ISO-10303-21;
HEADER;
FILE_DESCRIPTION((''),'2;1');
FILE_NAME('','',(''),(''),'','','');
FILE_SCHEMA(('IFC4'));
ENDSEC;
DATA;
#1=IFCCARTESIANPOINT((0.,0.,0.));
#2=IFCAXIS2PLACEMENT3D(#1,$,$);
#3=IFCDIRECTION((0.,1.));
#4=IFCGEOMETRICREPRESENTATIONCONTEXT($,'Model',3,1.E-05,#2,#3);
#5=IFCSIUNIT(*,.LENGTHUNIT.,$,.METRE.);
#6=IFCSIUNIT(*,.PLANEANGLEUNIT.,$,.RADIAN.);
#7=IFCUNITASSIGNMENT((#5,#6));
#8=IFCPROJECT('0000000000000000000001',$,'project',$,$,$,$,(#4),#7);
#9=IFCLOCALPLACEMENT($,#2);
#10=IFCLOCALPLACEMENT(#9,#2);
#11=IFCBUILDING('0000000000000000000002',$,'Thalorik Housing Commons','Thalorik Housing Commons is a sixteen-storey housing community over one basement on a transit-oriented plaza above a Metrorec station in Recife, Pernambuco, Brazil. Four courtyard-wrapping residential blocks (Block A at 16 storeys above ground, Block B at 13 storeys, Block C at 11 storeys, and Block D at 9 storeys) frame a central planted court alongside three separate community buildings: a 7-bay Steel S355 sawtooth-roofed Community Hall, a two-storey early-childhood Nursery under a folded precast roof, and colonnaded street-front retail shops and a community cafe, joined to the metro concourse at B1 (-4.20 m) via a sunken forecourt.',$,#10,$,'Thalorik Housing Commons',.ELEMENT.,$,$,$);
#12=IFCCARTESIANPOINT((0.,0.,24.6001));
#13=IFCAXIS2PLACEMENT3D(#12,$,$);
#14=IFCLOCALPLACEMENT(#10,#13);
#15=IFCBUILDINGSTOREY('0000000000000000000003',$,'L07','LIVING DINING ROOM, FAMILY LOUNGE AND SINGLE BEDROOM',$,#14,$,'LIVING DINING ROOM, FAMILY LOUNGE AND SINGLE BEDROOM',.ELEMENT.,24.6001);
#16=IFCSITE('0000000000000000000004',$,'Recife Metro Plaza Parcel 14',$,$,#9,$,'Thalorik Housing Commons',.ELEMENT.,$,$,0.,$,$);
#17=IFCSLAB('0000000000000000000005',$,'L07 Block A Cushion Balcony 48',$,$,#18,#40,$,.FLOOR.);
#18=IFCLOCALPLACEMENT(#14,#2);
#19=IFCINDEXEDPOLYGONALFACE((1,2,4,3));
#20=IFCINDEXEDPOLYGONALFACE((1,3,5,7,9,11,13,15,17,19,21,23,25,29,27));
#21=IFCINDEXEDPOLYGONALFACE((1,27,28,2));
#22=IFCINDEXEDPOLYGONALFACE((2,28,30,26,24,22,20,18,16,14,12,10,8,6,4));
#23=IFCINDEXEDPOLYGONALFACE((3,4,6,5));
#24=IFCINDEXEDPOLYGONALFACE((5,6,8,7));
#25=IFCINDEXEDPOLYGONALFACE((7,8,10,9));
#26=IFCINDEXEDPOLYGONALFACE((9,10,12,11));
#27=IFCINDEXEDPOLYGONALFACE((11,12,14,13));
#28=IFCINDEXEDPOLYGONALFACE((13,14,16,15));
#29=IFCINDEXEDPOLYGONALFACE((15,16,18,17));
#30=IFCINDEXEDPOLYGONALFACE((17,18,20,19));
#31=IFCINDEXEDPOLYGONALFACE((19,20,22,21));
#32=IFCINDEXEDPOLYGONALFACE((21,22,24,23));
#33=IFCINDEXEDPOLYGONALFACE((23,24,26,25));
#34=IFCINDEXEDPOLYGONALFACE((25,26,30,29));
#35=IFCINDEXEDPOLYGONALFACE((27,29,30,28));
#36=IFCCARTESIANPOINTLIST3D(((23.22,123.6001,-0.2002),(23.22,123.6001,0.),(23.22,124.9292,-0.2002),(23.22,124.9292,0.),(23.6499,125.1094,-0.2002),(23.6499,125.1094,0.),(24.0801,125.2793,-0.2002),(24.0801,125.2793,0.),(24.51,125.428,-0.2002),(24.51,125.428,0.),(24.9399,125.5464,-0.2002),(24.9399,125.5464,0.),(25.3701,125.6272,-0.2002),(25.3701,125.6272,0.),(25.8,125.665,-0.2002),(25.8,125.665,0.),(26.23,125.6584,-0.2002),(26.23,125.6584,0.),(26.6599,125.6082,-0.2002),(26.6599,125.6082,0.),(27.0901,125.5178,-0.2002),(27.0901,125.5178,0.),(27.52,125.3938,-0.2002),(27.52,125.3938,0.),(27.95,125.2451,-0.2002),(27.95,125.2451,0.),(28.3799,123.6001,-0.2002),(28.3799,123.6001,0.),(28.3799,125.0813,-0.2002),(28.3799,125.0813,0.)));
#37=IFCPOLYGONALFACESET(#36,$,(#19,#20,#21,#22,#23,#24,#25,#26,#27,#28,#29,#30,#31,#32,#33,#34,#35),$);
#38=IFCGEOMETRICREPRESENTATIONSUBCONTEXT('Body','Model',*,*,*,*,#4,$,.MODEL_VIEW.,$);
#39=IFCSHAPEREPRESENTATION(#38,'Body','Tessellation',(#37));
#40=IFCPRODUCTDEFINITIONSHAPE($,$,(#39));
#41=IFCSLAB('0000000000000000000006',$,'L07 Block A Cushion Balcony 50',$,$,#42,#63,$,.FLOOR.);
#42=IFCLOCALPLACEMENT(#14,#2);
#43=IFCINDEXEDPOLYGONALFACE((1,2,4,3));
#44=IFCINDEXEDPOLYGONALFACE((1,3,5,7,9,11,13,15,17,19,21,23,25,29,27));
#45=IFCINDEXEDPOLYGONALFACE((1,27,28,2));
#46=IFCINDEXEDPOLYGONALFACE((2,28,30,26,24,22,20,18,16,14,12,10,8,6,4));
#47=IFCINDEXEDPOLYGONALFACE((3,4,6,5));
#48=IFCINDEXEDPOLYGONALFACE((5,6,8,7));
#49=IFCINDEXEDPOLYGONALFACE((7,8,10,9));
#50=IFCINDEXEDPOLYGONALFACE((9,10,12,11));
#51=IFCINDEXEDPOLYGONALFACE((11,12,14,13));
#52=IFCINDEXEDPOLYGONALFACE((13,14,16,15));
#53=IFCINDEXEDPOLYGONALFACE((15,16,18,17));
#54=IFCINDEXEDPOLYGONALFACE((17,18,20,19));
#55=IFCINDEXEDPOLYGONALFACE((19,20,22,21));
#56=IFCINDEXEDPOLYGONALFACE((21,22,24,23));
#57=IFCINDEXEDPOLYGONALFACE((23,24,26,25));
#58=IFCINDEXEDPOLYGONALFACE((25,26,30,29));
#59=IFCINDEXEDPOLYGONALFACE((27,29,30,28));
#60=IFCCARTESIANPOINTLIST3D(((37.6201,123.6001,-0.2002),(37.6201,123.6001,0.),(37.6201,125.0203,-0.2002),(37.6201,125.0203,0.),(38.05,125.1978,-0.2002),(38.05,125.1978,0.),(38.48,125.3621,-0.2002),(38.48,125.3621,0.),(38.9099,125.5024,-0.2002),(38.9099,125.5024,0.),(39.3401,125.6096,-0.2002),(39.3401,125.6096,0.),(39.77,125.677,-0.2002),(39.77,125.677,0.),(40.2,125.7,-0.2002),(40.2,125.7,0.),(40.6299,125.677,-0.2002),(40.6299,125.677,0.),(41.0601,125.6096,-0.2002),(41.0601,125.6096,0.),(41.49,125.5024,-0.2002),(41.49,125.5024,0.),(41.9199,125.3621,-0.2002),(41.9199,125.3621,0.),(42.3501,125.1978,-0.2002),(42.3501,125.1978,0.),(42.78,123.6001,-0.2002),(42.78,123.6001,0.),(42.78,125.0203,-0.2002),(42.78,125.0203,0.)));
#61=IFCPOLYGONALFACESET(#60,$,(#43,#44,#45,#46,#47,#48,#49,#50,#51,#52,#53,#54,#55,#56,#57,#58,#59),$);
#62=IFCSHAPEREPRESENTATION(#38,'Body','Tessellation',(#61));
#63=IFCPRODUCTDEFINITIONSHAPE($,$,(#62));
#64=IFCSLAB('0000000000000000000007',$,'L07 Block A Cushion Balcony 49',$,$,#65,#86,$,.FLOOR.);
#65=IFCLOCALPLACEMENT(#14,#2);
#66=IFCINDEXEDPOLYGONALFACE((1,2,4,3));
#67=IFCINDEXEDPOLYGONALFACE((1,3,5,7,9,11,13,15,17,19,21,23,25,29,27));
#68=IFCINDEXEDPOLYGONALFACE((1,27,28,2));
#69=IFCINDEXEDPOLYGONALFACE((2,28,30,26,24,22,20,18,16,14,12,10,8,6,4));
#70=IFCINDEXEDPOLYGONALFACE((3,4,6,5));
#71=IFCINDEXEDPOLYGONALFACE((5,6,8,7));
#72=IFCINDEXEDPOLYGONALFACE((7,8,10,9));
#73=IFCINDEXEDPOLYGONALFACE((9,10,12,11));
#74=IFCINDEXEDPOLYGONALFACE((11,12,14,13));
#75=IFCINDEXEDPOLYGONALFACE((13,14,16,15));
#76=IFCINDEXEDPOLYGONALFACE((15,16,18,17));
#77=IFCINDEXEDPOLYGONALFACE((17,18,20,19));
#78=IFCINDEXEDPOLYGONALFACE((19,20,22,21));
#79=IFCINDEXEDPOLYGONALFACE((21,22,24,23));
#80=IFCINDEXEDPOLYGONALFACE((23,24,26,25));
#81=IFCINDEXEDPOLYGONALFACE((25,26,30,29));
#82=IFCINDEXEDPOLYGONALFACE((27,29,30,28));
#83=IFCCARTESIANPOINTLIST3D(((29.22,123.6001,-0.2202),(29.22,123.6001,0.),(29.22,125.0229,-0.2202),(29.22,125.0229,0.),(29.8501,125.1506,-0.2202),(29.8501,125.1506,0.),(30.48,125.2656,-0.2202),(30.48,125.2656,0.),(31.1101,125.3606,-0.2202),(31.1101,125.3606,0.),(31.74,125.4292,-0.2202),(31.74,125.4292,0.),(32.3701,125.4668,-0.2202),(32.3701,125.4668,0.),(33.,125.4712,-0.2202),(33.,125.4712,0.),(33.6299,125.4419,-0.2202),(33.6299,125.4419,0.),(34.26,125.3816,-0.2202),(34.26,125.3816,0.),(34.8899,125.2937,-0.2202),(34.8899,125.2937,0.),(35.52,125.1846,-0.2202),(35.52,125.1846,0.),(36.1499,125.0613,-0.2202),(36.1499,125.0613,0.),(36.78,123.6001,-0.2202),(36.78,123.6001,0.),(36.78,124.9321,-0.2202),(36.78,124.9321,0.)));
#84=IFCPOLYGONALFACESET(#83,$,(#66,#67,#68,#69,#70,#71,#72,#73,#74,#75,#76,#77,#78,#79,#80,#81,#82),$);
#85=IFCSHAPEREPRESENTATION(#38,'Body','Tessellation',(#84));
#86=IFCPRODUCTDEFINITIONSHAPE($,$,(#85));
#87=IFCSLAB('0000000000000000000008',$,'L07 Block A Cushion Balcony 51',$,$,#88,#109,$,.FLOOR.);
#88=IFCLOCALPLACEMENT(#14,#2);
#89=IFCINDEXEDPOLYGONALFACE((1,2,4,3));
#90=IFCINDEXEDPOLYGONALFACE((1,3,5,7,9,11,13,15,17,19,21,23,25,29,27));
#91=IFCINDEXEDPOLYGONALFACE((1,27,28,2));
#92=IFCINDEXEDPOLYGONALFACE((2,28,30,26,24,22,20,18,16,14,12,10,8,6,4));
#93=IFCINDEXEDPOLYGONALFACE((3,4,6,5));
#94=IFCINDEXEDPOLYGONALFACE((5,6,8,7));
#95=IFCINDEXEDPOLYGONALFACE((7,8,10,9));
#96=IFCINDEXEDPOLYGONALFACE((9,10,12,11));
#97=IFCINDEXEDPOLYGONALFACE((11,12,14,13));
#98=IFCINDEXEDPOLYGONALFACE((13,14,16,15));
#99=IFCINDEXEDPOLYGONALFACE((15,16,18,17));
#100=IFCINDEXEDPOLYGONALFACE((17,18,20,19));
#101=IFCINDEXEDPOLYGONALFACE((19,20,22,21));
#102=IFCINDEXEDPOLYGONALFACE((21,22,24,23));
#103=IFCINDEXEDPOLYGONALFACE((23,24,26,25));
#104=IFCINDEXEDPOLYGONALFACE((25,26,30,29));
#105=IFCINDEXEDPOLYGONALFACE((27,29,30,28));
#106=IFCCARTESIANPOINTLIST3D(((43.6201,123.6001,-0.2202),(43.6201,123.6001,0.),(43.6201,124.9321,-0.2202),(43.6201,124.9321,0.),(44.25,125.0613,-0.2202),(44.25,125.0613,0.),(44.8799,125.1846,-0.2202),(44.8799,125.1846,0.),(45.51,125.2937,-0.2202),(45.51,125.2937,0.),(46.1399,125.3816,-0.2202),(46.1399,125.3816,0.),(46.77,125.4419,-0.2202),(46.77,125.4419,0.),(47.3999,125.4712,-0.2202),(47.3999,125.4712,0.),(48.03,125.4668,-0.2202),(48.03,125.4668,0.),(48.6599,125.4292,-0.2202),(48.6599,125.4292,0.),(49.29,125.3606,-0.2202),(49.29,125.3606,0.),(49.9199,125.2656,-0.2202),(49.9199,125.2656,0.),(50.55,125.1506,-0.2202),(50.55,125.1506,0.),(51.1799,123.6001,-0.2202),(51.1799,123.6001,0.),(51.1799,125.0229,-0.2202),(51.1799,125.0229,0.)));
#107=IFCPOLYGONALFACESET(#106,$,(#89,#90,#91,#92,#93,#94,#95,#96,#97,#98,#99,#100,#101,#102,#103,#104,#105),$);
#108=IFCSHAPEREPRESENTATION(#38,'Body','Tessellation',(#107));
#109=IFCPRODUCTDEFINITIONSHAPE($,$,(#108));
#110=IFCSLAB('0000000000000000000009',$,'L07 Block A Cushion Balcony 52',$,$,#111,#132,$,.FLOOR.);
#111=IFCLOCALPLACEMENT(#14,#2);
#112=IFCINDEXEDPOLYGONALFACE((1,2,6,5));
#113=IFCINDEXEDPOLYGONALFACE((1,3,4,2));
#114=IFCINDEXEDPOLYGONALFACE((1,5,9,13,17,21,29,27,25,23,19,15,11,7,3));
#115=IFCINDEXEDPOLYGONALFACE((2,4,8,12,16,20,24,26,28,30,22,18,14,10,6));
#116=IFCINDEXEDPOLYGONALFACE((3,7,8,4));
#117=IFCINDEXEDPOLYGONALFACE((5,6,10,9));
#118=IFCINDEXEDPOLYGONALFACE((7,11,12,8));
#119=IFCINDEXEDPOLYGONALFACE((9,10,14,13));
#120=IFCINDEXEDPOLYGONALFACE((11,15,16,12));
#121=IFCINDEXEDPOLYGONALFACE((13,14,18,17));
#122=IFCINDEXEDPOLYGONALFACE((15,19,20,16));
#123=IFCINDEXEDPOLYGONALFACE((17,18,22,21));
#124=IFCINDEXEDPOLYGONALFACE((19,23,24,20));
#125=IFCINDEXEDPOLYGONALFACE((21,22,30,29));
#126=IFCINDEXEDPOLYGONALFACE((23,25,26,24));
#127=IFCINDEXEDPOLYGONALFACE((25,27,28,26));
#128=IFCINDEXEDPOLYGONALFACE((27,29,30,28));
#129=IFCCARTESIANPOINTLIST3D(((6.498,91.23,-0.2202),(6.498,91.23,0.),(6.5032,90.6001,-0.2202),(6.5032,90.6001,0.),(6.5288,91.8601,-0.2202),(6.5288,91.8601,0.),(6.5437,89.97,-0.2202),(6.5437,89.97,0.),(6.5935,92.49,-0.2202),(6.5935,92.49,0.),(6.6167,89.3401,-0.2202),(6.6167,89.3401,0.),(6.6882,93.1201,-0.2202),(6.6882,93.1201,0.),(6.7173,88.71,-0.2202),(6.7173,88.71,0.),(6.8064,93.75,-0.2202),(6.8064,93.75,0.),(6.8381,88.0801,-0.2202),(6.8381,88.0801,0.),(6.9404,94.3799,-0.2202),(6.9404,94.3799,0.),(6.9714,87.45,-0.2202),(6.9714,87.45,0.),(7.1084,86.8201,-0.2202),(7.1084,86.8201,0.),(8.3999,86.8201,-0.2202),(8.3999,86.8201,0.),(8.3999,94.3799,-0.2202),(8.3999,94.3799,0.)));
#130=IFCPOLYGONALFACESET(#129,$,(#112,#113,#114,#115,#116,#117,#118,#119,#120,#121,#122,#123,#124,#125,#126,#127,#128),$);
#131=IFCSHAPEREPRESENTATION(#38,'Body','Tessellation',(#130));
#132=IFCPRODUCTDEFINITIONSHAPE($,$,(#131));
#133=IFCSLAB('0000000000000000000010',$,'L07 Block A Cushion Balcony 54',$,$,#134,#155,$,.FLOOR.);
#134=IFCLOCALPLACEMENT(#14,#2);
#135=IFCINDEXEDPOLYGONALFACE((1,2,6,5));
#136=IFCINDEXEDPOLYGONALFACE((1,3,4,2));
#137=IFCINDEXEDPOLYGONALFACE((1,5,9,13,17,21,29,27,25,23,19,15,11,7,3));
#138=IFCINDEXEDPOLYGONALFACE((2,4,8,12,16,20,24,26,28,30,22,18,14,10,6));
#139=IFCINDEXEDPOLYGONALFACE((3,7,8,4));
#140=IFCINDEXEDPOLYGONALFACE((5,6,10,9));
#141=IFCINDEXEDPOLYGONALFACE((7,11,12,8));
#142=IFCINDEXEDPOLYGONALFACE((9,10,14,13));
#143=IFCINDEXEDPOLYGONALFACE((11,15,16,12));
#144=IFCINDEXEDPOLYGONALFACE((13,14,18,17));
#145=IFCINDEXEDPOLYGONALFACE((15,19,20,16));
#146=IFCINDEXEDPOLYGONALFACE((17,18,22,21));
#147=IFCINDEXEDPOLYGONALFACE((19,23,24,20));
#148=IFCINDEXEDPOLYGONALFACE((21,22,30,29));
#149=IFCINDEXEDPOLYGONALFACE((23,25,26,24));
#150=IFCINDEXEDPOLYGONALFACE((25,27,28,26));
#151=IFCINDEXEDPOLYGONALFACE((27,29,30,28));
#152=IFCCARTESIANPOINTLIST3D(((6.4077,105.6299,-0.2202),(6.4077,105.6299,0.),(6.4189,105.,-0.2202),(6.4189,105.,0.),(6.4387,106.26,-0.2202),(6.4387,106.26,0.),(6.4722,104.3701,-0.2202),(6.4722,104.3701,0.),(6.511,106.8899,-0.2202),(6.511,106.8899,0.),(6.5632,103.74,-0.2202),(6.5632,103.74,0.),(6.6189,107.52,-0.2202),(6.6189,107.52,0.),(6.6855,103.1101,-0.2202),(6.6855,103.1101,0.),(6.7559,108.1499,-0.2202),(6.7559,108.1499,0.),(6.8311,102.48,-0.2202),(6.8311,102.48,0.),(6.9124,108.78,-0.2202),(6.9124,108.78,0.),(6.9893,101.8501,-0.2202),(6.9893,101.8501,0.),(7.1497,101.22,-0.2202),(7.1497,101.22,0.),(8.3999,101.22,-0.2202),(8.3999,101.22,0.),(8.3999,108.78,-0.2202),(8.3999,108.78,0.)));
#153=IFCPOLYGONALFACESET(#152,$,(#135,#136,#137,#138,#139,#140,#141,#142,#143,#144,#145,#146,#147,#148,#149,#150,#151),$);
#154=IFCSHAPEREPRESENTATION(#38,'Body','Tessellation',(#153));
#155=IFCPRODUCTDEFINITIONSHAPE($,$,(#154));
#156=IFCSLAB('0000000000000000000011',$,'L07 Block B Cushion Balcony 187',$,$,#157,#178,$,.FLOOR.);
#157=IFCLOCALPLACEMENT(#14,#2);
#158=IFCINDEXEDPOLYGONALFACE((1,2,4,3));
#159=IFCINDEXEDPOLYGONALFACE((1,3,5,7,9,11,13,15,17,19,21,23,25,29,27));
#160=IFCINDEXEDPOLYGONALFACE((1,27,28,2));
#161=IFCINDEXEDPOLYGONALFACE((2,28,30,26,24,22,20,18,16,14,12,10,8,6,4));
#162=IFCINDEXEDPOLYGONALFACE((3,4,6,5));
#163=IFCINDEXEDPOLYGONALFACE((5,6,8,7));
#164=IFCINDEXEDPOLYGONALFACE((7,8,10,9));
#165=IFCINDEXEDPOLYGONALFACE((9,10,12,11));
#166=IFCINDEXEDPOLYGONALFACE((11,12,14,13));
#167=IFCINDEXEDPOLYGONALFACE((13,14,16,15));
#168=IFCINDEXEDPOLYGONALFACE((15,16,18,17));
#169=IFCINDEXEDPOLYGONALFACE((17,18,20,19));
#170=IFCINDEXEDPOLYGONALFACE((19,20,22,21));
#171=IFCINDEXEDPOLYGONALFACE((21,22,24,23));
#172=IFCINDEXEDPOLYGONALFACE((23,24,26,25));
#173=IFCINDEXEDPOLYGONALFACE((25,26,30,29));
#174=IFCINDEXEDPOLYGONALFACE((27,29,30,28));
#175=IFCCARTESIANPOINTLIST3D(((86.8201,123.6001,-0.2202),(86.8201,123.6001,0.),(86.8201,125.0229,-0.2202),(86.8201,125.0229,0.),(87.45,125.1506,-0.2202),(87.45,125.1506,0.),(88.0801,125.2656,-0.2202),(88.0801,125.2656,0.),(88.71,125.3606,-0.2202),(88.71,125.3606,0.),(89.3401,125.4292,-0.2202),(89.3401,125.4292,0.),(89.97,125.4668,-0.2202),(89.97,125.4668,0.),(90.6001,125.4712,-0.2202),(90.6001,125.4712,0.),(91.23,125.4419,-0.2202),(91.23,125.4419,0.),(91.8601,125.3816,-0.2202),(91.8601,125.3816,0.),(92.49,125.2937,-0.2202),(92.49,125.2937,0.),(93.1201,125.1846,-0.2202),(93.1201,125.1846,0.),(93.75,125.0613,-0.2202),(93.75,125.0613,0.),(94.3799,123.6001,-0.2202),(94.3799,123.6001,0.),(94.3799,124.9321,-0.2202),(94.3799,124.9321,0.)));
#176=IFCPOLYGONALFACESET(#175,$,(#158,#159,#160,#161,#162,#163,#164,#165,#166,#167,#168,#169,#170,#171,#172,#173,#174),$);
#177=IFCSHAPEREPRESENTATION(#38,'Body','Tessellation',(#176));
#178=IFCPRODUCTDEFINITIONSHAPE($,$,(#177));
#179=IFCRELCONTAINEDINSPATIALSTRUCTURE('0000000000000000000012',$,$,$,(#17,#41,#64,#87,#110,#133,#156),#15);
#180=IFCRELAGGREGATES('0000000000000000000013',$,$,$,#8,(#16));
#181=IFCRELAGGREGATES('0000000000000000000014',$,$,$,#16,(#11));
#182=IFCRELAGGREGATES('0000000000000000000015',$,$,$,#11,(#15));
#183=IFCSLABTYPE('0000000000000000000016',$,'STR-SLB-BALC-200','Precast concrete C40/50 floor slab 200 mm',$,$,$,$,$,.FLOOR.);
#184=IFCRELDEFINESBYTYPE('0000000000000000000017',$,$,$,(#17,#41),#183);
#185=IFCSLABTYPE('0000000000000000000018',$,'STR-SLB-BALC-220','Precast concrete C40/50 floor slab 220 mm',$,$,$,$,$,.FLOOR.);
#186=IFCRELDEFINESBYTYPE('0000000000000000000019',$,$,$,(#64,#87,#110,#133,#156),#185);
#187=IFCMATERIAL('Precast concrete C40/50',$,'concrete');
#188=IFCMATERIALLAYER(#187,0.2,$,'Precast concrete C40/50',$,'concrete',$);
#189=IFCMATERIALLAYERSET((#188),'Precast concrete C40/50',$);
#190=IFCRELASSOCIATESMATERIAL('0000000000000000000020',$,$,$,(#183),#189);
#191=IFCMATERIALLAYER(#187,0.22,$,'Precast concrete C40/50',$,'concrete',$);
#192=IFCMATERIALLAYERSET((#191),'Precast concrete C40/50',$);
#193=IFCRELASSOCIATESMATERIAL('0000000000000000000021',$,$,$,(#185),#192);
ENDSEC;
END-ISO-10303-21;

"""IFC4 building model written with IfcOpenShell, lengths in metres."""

from ifc_helpers import new_model, si_unit, direction, frame, origin, place, context, subcontext, project, spatial, polyline, outline, extrude, material, layer, layer_set, type_object, element, save


model = new_model("IFC4")

# Units and contexts
model_context = context("Model", 3, precision=1e-05, world=origin(), true_north=direction((0.0, 1.0)))
body_context = subcontext(model_context, "Body", "Model", "MODEL_VIEW")
ifc_project = project(units=[si_unit("LENGTHUNIT", "METRE"), si_unit("PLANEANGLEUNIT", "RADIAN")], contexts=[model_context])

# Site, building, storey
site_placement = place(None, origin())
site = spatial("IfcSite", under=ifc_project, at=site_placement, Name="Recife Metro Plaza Parcel 14", LongName="Thalorik Housing Commons", CompositionType="ELEMENT", RefElevation=0.0)
building_placement = place(site_placement, origin())
building = spatial("IfcBuilding", under=site, at=building_placement, Name="Thalorik Housing Commons", Description="Thalorik Housing Commons is a sixteen-storey housing community over one basement on a transit-oriented plaza above a Metrorec station in Recife, Pernambuco, Brazil. Four courtyard-wrapping residential blocks (Block A at 16 storeys above ground, Block B at 13 storeys, Block C at 11 storeys, and Block D at 9 storeys) frame a central planted court alongside three separate community buildings: a 7-bay Steel S355 sawtooth-roofed Community Hall, a two-storey early-childhood Nursery under a folded precast roof, and colonnaded street-front retail shops and a community cafe, joined to the metro concourse at B1 (-4.20 m) via a sunken forecourt.", LongName="Thalorik Housing Commons", CompositionType="ELEMENT")
storey_placement = place(building_placement, frame((0.0, 0.0, 24.6001)))
storey = spatial("IfcBuildingStorey", under=building, at=storey_placement, Name="L07", Description="LIVING DINING ROOM, FAMILY LOUNGE AND SINGLE BEDROOM", LongName="LIVING DINING ROOM, FAMILY LOUNGE AND SINGLE BEDROOM", CompositionType="ELEMENT", Elevation=24.6001)

# Slabs
ifc_material_1 = material(Name="Precast concrete C40/50", Category="concrete")
ifc_layer_1 = layer(ifc_material_1, 0.2, Name="Precast concrete C40/50", Category="concrete")
ifc_layer_set_1 = layer_set([ifc_layer_1], Name="Precast concrete C40/50")
slab_type_1 = type_object("IfcSlabType", Name="STR-SLB-BALC-200", Description="Precast concrete C40/50 floor slab 200 mm", PredefinedType="FLOOR", material=ifc_layer_set_1)
slab_1_placement = place(storey_placement, frame((0.0, 0.0, -0.2002)))
element("IfcSlab", 1, at=slab_1_placement, inside=storey, type_object=slab_type_1, Name="L07 Block A Cushion Balcony 48", PredefinedType="FLOOR", context=body_context, shape_type="SweptSolid", body=[
    extrude(outline(polyline([(23.22, 123.6001), (28.3799, 123.6001), (28.3799, 125.0813), (27.95, 125.2451), (27.52, 125.3938), (27.0901, 125.5178), (26.6599, 125.6082), (26.23, 125.6584), (25.8, 125.665), (25.3701, 125.6272), (24.9399, 125.5464), (24.51, 125.428), (24.0801, 125.2793), (23.6499, 125.1094), (23.22, 124.9292), (23.22, 123.6001)])), origin(), (0.0, 0.0, 1.0), 0.2002),
])
slab_2_placement = place(storey_placement, frame((0.0, 0.0, -0.2002)))
element("IfcSlab", 2, at=slab_2_placement, inside=storey, type_object=slab_type_1, Name="L07 Block A Cushion Balcony 50", PredefinedType="FLOOR", context=body_context, shape_type="SweptSolid", body=[
    extrude(outline(polyline([(37.6201, 123.6001), (42.78, 123.6001), (42.78, 125.0203), (42.3501, 125.1978), (41.9199, 125.3621), (41.49, 125.5024), (41.0601, 125.6096), (40.6299, 125.677), (40.2, 125.7), (39.77, 125.677), (39.3401, 125.6096), (38.9099, 125.5024), (38.48, 125.3621), (38.05, 125.1978), (37.6201, 125.0203), (37.6201, 123.6001)])), origin(), (0.0, 0.0, 1.0), 0.2002),
])
ifc_layer_2 = layer(ifc_material_1, 0.22, Name="Precast concrete C40/50", Category="concrete")
ifc_layer_set_2 = layer_set([ifc_layer_2], Name="Precast concrete C40/50")
slab_type_2 = type_object("IfcSlabType", Name="STR-SLB-BALC-220", Description="Precast concrete C40/50 floor slab 220 mm", PredefinedType="FLOOR", material=ifc_layer_set_2)
slab_3_placement = place(storey_placement, frame((0.0, 0.0, -0.2202)))
element("IfcSlab", 3, at=slab_3_placement, inside=storey, type_object=slab_type_2, Name="L07 Block A Cushion Balcony 49", PredefinedType="FLOOR", context=body_context, shape_type="SweptSolid", body=[
    extrude(outline(polyline([(29.22, 123.6001), (36.78, 123.6001), (36.78, 124.9321), (36.1499, 125.0613), (35.52, 125.1846), (34.8899, 125.2937), (34.26, 125.3816), (33.6299, 125.4419), (33.0, 125.4712), (32.3701, 125.4668), (31.74, 125.4292), (31.1101, 125.3606), (30.48, 125.2656), (29.8501, 125.1506), (29.22, 125.0229), (29.22, 123.6001)])), origin(), (0.0, 0.0, 1.0), 0.2202),
])
slab_4_placement = place(storey_placement, frame((0.0, 0.0, -0.2202)))
element("IfcSlab", 4, at=slab_4_placement, inside=storey, type_object=slab_type_2, Name="L07 Block A Cushion Balcony 51", PredefinedType="FLOOR", context=body_context, shape_type="SweptSolid", body=[
    extrude(outline(polyline([(43.6201, 123.6001), (51.1799, 123.6001), (51.1799, 125.0229), (50.55, 125.1506), (49.9199, 125.2656), (49.29, 125.3606), (48.6599, 125.4292), (48.03, 125.4668), (47.3999, 125.4712), (46.77, 125.4419), (46.1399, 125.3816), (45.51, 125.2937), (44.8799, 125.1846), (44.25, 125.0613), (43.6201, 124.9321), (43.6201, 123.6001)])), origin(), (0.0, 0.0, 1.0), 0.2202),
])
slab_5_placement = place(storey_placement, frame((0.0, 0.0, -0.2202)))
element("IfcSlab", 5, at=slab_5_placement, inside=storey, type_object=slab_type_2, Name="L07 Block A Cushion Balcony 52", PredefinedType="FLOOR", context=body_context, shape_type="SweptSolid", body=[
    extrude(outline(polyline([(8.3999, 86.8201), (8.3999, 94.3799), (6.9404, 94.3799), (6.8064, 93.75), (6.6882, 93.1201), (6.5935, 92.49), (6.5288, 91.8601), (6.498, 91.23), (6.5032, 90.6001), (6.5437, 89.97), (6.6167, 89.3401), (6.7173, 88.71), (6.8381, 88.0801), (6.9714, 87.45), (7.1084, 86.8201), (8.3999, 86.8201)])), origin(), (0.0, 0.0, 1.0), 0.2202),
])
slab_6_placement = place(storey_placement, frame((0.0, 0.0, -0.2202)))
element("IfcSlab", 6, at=slab_6_placement, inside=storey, type_object=slab_type_2, Name="L07 Block A Cushion Balcony 54", PredefinedType="FLOOR", context=body_context, shape_type="SweptSolid", body=[
    extrude(outline(polyline([(8.3999, 101.22), (8.3999, 108.78), (6.9124, 108.78), (6.7559, 108.1499), (6.6189, 107.52), (6.511, 106.8899), (6.4387, 106.26), (6.4077, 105.6299), (6.4189, 105.0), (6.4722, 104.3701), (6.5632, 103.74), (6.6855, 103.1101), (6.8311, 102.48), (6.9893, 101.8501), (7.1497, 101.22), (8.3999, 101.22)])), origin(), (0.0, 0.0, 1.0), 0.2202),
])
slab_7_placement = place(storey_placement, frame((0.0, 0.0, -0.2202)))
element("IfcSlab", 7, at=slab_7_placement, inside=storey, type_object=slab_type_2, Name="L07 Block B Cushion Balcony 187", PredefinedType="FLOOR", context=body_context, shape_type="SweptSolid", body=[
    extrude(outline(polyline([(86.8201, 123.6001), (94.3799, 123.6001), (94.3799, 124.9321), (93.75, 125.0613), (93.1201, 125.1846), (92.49, 125.2937), (91.8601, 125.3816), (91.23, 125.4419), (90.6001, 125.4712), (89.97, 125.4668), (89.3401, 125.4292), (88.71, 125.3606), (88.0801, 125.2656), (87.45, 125.1506), (86.8201, 125.0229), (86.8201, 123.6001)])), origin(), (0.0, 0.0, 1.0), 0.2202),
])

save(model, "model.ifc")
